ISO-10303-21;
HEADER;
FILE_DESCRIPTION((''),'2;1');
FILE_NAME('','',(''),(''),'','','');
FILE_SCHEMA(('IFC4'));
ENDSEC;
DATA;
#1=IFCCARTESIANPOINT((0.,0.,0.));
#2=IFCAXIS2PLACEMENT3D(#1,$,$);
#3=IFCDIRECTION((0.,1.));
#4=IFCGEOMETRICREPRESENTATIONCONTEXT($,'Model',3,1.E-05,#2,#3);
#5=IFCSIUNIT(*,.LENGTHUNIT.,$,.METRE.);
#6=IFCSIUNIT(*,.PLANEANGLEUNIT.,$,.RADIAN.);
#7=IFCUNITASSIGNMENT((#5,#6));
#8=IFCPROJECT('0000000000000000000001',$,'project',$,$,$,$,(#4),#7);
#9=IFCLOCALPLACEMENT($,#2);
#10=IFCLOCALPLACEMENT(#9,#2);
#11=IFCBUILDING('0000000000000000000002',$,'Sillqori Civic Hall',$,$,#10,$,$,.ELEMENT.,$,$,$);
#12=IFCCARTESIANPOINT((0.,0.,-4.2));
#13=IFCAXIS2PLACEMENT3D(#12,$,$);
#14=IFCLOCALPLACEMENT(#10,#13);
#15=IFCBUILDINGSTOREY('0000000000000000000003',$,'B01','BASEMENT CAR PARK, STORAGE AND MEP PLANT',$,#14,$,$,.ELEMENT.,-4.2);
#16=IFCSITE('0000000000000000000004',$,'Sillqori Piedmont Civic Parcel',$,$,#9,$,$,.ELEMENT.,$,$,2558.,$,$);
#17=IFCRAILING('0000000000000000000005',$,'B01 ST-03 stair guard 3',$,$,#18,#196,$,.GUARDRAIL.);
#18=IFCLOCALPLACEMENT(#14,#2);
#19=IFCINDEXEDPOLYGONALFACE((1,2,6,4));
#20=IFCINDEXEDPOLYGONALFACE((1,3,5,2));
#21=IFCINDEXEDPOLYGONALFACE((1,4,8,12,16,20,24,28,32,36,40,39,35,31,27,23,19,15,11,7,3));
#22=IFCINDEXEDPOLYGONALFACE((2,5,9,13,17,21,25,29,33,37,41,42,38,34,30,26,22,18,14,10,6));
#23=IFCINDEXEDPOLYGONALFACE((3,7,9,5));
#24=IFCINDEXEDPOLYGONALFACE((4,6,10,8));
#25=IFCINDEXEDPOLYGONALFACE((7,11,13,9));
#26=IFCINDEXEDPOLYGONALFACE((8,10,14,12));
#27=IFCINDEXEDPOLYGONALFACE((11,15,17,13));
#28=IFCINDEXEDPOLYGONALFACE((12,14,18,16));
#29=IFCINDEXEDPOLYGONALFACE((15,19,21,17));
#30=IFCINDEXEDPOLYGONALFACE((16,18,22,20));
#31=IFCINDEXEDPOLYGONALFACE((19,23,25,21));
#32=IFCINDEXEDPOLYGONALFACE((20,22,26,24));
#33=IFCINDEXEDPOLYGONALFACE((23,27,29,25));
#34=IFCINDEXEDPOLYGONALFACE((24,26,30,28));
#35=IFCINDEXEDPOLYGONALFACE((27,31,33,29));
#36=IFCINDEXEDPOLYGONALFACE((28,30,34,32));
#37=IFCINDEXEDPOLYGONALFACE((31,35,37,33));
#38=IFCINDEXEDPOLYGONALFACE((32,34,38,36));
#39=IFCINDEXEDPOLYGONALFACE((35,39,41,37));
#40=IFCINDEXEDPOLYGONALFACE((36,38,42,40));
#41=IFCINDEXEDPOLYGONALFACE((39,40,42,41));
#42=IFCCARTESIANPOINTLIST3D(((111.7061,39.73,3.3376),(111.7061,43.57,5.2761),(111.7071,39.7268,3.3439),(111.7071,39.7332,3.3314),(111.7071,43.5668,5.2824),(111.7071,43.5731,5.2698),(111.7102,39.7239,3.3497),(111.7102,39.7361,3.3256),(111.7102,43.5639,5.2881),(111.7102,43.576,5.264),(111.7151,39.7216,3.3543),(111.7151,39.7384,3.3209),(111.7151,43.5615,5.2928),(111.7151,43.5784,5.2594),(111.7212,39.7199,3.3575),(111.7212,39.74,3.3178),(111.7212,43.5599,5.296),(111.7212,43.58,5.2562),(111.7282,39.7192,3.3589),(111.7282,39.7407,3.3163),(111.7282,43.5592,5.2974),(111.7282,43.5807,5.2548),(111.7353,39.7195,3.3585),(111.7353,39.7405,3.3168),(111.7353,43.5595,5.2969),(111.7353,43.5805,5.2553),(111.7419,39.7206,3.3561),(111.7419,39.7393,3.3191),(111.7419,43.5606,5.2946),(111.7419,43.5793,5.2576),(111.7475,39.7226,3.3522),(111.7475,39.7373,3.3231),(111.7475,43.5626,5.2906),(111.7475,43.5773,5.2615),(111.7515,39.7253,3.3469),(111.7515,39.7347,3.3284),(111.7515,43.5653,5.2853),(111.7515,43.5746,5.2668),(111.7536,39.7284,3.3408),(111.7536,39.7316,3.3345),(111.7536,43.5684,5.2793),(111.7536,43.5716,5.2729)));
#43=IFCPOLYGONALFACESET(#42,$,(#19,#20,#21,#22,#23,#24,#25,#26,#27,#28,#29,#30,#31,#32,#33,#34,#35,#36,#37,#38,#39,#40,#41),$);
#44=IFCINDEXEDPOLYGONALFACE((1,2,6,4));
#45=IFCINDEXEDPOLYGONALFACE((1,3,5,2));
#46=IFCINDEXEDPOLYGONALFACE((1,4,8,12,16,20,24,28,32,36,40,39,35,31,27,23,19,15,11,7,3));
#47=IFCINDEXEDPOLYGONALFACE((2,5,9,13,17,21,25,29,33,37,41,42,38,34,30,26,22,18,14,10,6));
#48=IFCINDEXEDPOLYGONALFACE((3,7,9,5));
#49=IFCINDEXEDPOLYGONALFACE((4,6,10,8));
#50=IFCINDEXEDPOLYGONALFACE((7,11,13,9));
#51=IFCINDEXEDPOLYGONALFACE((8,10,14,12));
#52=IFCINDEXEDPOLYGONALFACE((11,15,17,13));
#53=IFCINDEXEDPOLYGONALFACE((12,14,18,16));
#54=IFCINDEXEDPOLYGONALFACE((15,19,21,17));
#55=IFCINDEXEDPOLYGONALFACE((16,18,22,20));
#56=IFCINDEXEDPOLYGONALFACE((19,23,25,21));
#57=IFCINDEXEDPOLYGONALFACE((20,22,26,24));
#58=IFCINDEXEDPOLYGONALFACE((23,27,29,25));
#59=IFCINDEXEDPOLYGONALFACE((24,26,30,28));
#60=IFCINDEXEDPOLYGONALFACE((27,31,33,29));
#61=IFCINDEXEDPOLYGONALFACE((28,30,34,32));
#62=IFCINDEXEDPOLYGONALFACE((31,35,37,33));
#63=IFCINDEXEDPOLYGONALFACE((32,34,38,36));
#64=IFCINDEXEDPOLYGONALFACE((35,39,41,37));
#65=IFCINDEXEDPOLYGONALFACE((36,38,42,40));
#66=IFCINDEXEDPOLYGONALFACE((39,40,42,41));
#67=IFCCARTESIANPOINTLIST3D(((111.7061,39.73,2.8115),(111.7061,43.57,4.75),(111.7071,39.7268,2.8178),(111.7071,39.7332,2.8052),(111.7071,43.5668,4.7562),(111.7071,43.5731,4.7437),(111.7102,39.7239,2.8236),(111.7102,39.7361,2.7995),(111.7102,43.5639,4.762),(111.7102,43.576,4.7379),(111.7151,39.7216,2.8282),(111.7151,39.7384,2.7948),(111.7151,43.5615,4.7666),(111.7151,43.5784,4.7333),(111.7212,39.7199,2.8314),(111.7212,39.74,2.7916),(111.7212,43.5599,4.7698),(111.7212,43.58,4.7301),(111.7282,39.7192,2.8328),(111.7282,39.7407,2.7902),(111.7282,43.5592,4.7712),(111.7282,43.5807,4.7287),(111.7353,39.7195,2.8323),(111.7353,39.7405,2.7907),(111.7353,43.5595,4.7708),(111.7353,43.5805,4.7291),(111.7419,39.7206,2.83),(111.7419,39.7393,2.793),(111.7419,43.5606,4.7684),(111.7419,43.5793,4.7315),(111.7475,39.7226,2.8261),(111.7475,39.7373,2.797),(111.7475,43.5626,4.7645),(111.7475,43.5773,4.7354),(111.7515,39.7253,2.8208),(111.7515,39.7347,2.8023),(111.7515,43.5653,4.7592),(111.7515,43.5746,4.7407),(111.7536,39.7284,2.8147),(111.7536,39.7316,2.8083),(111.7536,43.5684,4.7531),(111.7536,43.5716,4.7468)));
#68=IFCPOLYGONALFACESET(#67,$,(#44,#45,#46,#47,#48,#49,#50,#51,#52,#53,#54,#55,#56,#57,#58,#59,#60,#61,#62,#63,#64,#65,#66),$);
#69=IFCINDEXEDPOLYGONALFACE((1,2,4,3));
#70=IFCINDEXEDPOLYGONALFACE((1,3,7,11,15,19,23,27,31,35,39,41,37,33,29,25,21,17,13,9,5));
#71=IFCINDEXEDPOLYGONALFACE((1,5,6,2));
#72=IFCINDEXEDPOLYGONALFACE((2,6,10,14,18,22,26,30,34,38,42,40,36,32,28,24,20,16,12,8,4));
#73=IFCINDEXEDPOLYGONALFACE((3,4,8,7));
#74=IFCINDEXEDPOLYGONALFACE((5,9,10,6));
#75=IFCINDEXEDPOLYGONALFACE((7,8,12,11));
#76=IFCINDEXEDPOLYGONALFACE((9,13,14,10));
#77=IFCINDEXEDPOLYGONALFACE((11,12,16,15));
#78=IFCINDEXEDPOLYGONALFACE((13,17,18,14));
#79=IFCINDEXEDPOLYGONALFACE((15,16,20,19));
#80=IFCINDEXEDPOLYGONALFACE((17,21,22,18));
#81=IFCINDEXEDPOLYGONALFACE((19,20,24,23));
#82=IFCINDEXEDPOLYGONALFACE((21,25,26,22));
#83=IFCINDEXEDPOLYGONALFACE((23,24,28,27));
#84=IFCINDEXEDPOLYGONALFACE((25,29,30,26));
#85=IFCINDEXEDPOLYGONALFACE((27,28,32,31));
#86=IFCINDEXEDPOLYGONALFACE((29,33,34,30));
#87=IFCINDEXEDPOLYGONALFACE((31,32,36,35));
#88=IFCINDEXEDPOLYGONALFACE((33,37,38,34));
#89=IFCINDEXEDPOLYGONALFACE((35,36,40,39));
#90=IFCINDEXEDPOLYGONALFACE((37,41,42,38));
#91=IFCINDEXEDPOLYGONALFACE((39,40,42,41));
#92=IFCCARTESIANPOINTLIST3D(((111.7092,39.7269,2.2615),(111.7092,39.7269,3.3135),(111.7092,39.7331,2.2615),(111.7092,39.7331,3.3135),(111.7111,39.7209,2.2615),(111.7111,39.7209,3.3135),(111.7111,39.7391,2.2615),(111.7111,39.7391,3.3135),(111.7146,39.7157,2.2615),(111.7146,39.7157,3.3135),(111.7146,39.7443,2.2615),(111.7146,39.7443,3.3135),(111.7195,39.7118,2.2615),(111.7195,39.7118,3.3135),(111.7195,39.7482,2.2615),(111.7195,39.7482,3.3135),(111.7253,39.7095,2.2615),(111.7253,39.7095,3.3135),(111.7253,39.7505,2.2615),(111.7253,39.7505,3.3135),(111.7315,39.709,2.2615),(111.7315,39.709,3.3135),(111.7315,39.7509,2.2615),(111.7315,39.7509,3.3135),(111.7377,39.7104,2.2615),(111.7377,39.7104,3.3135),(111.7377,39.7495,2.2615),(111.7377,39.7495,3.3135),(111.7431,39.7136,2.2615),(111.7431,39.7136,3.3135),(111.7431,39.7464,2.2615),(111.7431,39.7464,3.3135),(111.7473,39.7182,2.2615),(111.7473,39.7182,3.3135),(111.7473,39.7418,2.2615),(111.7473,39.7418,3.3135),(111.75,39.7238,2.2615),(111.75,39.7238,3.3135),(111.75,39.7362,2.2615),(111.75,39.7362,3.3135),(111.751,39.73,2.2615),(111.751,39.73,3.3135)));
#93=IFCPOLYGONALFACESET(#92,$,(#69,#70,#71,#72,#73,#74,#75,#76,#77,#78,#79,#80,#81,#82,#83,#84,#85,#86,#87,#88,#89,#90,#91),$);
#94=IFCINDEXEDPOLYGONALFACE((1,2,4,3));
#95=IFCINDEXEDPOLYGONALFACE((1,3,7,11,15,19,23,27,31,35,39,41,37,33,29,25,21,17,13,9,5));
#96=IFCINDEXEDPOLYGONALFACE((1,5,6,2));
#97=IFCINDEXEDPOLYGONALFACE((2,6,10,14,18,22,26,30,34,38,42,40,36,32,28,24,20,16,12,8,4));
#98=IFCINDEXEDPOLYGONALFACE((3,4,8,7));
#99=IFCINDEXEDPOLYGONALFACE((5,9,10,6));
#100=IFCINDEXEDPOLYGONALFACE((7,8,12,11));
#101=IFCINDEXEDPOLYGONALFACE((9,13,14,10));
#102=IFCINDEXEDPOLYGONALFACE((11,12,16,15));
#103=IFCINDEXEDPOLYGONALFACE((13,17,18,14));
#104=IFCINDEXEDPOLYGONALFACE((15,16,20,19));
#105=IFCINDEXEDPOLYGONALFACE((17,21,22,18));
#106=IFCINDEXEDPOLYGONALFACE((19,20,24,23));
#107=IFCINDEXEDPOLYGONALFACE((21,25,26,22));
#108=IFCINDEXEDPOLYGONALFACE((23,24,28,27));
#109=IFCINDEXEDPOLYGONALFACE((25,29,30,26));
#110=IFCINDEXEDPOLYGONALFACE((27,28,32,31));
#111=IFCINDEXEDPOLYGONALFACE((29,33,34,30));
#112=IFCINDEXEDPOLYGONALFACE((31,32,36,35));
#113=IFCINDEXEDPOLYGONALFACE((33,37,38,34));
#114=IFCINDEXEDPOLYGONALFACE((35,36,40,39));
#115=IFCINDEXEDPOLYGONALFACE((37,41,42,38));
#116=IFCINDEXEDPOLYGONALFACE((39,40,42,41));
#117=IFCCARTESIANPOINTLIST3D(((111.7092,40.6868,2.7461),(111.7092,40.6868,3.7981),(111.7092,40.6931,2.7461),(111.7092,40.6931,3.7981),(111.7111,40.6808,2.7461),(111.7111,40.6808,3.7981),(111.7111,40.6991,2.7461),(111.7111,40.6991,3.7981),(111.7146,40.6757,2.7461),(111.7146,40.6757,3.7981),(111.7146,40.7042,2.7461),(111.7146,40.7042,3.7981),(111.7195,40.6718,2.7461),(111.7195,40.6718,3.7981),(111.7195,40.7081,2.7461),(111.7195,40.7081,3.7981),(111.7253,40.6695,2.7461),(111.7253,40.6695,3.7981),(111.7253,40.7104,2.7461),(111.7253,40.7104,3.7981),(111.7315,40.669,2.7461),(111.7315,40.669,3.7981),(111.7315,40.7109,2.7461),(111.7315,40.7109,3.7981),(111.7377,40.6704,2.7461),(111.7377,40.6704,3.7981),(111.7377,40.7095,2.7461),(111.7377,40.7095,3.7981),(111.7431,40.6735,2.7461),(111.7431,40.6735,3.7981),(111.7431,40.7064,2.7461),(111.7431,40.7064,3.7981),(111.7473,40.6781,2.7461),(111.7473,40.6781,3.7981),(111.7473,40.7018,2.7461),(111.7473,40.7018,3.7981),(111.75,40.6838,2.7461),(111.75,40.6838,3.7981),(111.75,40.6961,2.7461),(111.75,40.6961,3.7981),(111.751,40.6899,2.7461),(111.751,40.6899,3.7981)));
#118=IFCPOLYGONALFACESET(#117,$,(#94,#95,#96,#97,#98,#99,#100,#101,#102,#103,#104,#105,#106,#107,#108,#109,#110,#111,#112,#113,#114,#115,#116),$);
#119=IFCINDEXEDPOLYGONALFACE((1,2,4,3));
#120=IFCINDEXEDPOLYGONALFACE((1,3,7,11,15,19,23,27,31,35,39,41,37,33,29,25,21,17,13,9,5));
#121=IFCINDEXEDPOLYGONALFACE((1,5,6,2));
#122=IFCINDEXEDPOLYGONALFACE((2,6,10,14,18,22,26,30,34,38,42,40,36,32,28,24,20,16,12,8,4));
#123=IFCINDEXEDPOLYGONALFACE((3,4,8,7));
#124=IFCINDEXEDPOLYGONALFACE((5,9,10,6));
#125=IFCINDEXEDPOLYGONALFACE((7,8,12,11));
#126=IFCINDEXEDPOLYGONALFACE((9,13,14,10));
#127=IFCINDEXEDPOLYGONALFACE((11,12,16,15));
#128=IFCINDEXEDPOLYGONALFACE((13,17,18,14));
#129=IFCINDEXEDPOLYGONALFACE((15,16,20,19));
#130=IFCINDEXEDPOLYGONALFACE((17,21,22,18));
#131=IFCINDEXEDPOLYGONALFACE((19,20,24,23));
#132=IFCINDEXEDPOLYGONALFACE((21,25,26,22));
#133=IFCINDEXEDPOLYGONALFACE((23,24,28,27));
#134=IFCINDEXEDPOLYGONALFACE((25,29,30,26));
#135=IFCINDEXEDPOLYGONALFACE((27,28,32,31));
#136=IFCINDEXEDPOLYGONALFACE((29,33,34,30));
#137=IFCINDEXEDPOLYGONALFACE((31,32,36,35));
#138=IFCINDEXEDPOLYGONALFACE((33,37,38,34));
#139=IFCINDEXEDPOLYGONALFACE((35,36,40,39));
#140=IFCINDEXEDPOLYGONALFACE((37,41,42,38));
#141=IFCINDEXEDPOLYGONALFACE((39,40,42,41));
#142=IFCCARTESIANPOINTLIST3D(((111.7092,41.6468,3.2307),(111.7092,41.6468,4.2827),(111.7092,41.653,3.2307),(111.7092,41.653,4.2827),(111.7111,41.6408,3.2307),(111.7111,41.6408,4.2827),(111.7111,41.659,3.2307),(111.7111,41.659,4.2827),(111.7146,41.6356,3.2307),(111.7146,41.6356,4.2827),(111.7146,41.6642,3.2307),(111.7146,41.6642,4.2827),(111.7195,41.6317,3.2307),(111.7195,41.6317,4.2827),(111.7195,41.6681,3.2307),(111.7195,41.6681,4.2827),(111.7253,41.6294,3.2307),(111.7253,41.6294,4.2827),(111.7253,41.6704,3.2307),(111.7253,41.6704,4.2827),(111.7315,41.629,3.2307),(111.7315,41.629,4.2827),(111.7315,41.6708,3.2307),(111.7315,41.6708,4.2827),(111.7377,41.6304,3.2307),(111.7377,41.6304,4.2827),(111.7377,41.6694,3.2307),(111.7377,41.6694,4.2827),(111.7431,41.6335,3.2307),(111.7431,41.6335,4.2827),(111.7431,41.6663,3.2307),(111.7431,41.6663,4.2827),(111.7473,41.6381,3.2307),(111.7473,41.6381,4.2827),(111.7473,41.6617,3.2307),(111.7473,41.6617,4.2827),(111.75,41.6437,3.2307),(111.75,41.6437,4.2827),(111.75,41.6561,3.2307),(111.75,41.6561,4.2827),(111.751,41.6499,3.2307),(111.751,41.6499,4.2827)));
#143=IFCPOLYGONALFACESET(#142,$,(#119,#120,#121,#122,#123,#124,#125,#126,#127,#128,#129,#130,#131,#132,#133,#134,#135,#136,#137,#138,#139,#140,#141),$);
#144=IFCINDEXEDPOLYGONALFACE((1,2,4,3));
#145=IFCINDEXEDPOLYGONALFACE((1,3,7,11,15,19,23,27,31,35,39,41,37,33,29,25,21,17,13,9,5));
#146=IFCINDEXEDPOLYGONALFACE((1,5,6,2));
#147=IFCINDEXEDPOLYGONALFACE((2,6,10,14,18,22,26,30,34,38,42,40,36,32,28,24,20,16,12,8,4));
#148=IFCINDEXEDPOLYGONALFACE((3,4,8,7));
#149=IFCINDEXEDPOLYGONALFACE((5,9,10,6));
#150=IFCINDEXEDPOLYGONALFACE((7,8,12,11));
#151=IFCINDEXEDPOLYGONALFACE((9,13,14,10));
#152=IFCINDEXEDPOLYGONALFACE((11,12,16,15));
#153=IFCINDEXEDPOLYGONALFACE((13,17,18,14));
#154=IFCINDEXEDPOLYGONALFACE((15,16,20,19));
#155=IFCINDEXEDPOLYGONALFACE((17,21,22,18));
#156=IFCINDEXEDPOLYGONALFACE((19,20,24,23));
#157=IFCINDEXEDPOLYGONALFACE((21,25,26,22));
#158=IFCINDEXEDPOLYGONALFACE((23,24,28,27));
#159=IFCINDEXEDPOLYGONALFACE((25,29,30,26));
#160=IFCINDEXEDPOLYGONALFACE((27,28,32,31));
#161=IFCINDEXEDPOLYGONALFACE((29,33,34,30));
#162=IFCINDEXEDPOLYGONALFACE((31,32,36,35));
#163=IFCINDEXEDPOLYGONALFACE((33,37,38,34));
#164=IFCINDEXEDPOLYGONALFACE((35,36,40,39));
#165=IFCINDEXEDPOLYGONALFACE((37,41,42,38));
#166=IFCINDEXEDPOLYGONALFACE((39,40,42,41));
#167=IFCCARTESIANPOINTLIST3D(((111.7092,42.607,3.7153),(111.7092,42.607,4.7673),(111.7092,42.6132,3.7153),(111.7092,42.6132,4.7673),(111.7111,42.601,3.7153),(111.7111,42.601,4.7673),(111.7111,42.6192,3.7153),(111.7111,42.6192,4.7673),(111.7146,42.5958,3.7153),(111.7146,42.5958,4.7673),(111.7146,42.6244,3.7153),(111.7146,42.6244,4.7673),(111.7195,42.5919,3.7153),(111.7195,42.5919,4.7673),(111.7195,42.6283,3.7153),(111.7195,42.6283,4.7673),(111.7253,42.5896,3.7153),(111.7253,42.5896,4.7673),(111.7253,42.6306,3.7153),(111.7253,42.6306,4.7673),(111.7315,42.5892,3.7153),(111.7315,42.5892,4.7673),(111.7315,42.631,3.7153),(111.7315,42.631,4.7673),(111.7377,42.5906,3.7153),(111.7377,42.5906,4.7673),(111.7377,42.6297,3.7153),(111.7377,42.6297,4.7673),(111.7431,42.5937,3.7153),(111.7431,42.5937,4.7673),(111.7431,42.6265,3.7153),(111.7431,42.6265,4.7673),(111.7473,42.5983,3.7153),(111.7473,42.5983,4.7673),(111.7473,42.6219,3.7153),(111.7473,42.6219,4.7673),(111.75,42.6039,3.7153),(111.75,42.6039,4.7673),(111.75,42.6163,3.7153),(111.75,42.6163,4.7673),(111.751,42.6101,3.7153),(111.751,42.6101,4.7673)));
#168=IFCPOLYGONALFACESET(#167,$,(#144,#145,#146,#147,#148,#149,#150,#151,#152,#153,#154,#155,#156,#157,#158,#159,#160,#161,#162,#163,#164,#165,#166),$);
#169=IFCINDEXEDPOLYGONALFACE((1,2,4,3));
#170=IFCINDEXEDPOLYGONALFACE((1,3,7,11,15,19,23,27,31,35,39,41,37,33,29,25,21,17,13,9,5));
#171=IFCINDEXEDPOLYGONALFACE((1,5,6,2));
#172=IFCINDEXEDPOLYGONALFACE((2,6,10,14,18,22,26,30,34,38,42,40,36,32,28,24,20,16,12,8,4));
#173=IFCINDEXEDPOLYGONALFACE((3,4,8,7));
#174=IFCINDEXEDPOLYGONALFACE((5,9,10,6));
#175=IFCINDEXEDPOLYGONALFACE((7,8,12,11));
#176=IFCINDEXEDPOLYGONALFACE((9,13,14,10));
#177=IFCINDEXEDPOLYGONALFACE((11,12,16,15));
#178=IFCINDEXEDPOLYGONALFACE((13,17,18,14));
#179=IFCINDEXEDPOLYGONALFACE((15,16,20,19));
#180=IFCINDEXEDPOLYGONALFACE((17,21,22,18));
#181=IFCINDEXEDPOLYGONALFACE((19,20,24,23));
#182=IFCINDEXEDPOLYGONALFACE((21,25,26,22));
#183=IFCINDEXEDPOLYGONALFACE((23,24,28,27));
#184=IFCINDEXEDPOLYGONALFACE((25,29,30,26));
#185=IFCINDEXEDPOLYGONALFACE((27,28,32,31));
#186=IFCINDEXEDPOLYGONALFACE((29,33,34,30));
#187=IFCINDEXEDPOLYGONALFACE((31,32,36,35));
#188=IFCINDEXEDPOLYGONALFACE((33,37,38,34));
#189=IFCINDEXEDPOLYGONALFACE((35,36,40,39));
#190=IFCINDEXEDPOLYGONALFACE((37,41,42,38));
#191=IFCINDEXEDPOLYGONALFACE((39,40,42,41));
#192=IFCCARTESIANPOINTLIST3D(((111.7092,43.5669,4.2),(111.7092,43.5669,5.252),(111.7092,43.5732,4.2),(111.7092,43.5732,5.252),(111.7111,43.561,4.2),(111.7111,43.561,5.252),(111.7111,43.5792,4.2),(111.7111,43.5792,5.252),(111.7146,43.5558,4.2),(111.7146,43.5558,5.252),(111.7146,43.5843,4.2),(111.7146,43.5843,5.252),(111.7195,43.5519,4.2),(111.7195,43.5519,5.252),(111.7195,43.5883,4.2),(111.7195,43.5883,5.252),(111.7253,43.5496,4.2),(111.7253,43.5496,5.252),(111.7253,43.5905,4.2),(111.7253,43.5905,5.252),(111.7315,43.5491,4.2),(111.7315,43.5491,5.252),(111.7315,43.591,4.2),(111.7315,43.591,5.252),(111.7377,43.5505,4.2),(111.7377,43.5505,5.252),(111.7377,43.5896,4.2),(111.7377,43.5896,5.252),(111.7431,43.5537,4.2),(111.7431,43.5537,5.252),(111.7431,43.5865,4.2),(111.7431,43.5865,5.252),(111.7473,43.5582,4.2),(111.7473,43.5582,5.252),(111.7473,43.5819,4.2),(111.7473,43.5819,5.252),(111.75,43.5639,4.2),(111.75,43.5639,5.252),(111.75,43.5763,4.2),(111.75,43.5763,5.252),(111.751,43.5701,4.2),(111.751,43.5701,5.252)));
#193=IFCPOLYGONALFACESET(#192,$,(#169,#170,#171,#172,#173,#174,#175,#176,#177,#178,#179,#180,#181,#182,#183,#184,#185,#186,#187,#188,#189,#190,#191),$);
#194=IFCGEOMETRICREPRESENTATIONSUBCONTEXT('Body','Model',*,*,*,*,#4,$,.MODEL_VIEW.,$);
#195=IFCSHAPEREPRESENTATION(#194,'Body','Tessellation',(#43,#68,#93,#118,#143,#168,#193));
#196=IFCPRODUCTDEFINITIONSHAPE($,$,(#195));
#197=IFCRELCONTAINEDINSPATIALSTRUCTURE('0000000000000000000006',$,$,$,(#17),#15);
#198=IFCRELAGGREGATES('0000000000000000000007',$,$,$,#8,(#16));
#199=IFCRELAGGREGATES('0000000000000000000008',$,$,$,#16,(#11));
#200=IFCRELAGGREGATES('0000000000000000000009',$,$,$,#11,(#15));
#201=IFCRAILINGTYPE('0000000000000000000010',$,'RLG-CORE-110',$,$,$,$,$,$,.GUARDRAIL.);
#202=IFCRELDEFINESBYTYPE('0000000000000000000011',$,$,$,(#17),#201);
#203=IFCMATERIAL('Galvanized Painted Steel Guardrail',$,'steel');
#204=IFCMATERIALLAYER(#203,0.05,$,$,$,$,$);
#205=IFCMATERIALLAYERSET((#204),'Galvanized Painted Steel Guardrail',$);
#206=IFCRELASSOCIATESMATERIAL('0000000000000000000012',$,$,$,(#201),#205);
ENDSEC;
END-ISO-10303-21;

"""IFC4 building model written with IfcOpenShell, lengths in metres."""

from ifc_helpers import new_model, si_unit, direction, frame, origin, origin_2d, place, context, subcontext, project, spatial, circle, extrude, material, layer, layer_set, type_object, element, save


model = new_model("IFC4")

# Units and contexts
model_context = context("Model", 3, precision=1e-05, world=origin(), true_north=direction((0.0, 1.0)))
body_context = subcontext(model_context, "Body", "Model", "MODEL_VIEW")
ifc_project = project(units=[si_unit("LENGTHUNIT", "METRE"), si_unit("PLANEANGLEUNIT", "RADIAN")], contexts=[model_context])

# Site, building, storey
site_placement = place(None, origin())
site = spatial("IfcSite", under=ifc_project, at=site_placement, Name="Sillqori Piedmont Civic Parcel", CompositionType="ELEMENT", RefElevation=2558.0)
building_placement = place(site_placement, origin())
building = spatial("IfcBuilding", under=site, at=building_placement, Name="Sillqori Civic Hall", CompositionType="ELEMENT")
storey_placement = place(building_placement, frame((0.0, 0.0, -4.2)))
storey = spatial("IfcBuildingStorey", under=building, at=storey_placement, Name="B01", Description="BASEMENT CAR PARK, STORAGE AND MEP PLANT", CompositionType="ELEMENT", Elevation=-4.2)

# Railing
ifc_material_1 = material(Name="Galvanized Painted Steel Guardrail", Category="steel")
ifc_layer_1 = layer(ifc_material_1, 0.05)
ifc_layer_set_1 = layer_set([ifc_layer_1], Name="Galvanized Painted Steel Guardrail")
railing_type_1 = type_object("IfcRailingType", Name="RLG-CORE-110", PredefinedType="GUARDRAIL", material=ifc_layer_set_1)
railing_1_placement = place(storey_placement, frame((111.73, 39.73, 2.2615)))
element("IfcRailing", 1, at=railing_1_placement, inside=storey, type_object=railing_type_1, Name="B01 ST-03 stair guard 3", PredefinedType="GUARDRAIL", context=body_context, shape_type="SweptSolid", body=[
    extrude(circle(Radius=0.0239, at=origin_2d()), frame((0.0, 0.0, 1.0762), z_axis=(0.0, 0.892707, 0.450638), x_axis=(-1.0, 0.0, 0.0)), (0.0, 0.0, 1.0), 4.3015),
    extrude(circle(Radius=0.0239, at=origin_2d()), frame((0.0, 0.0, 0.55), z_axis=(0.0, 0.892707, 0.450638), x_axis=(-1.0, 0.0, 0.0)), (0.0, 0.0, 1.0), 4.3015),
    extrude(circle(Radius=0.021, at=origin_2d()), origin(), (0.0, 0.0, 1.0), 1.052),
    extrude(circle(Radius=0.021, at=origin_2d()), frame((0.0, 0.96, 0.4846)), (0.0, 0.0, 1.0), 1.052),
    extrude(circle(Radius=0.021, at=origin_2d()), frame((0.0, 1.9199, 0.9692)), (0.0, 0.0, 1.0), 1.052),
    extrude(circle(Radius=0.021, at=origin_2d()), frame((0.0, 2.8801, 1.4539)), (0.0, 0.0, 1.0), 1.052),
    extrude(circle(Radius=0.021, at=origin_2d()), frame((0.0, 3.8401, 1.9385)), (0.0, 0.0, 1.0), 1.052),
])

save(model, "model.ifc")
